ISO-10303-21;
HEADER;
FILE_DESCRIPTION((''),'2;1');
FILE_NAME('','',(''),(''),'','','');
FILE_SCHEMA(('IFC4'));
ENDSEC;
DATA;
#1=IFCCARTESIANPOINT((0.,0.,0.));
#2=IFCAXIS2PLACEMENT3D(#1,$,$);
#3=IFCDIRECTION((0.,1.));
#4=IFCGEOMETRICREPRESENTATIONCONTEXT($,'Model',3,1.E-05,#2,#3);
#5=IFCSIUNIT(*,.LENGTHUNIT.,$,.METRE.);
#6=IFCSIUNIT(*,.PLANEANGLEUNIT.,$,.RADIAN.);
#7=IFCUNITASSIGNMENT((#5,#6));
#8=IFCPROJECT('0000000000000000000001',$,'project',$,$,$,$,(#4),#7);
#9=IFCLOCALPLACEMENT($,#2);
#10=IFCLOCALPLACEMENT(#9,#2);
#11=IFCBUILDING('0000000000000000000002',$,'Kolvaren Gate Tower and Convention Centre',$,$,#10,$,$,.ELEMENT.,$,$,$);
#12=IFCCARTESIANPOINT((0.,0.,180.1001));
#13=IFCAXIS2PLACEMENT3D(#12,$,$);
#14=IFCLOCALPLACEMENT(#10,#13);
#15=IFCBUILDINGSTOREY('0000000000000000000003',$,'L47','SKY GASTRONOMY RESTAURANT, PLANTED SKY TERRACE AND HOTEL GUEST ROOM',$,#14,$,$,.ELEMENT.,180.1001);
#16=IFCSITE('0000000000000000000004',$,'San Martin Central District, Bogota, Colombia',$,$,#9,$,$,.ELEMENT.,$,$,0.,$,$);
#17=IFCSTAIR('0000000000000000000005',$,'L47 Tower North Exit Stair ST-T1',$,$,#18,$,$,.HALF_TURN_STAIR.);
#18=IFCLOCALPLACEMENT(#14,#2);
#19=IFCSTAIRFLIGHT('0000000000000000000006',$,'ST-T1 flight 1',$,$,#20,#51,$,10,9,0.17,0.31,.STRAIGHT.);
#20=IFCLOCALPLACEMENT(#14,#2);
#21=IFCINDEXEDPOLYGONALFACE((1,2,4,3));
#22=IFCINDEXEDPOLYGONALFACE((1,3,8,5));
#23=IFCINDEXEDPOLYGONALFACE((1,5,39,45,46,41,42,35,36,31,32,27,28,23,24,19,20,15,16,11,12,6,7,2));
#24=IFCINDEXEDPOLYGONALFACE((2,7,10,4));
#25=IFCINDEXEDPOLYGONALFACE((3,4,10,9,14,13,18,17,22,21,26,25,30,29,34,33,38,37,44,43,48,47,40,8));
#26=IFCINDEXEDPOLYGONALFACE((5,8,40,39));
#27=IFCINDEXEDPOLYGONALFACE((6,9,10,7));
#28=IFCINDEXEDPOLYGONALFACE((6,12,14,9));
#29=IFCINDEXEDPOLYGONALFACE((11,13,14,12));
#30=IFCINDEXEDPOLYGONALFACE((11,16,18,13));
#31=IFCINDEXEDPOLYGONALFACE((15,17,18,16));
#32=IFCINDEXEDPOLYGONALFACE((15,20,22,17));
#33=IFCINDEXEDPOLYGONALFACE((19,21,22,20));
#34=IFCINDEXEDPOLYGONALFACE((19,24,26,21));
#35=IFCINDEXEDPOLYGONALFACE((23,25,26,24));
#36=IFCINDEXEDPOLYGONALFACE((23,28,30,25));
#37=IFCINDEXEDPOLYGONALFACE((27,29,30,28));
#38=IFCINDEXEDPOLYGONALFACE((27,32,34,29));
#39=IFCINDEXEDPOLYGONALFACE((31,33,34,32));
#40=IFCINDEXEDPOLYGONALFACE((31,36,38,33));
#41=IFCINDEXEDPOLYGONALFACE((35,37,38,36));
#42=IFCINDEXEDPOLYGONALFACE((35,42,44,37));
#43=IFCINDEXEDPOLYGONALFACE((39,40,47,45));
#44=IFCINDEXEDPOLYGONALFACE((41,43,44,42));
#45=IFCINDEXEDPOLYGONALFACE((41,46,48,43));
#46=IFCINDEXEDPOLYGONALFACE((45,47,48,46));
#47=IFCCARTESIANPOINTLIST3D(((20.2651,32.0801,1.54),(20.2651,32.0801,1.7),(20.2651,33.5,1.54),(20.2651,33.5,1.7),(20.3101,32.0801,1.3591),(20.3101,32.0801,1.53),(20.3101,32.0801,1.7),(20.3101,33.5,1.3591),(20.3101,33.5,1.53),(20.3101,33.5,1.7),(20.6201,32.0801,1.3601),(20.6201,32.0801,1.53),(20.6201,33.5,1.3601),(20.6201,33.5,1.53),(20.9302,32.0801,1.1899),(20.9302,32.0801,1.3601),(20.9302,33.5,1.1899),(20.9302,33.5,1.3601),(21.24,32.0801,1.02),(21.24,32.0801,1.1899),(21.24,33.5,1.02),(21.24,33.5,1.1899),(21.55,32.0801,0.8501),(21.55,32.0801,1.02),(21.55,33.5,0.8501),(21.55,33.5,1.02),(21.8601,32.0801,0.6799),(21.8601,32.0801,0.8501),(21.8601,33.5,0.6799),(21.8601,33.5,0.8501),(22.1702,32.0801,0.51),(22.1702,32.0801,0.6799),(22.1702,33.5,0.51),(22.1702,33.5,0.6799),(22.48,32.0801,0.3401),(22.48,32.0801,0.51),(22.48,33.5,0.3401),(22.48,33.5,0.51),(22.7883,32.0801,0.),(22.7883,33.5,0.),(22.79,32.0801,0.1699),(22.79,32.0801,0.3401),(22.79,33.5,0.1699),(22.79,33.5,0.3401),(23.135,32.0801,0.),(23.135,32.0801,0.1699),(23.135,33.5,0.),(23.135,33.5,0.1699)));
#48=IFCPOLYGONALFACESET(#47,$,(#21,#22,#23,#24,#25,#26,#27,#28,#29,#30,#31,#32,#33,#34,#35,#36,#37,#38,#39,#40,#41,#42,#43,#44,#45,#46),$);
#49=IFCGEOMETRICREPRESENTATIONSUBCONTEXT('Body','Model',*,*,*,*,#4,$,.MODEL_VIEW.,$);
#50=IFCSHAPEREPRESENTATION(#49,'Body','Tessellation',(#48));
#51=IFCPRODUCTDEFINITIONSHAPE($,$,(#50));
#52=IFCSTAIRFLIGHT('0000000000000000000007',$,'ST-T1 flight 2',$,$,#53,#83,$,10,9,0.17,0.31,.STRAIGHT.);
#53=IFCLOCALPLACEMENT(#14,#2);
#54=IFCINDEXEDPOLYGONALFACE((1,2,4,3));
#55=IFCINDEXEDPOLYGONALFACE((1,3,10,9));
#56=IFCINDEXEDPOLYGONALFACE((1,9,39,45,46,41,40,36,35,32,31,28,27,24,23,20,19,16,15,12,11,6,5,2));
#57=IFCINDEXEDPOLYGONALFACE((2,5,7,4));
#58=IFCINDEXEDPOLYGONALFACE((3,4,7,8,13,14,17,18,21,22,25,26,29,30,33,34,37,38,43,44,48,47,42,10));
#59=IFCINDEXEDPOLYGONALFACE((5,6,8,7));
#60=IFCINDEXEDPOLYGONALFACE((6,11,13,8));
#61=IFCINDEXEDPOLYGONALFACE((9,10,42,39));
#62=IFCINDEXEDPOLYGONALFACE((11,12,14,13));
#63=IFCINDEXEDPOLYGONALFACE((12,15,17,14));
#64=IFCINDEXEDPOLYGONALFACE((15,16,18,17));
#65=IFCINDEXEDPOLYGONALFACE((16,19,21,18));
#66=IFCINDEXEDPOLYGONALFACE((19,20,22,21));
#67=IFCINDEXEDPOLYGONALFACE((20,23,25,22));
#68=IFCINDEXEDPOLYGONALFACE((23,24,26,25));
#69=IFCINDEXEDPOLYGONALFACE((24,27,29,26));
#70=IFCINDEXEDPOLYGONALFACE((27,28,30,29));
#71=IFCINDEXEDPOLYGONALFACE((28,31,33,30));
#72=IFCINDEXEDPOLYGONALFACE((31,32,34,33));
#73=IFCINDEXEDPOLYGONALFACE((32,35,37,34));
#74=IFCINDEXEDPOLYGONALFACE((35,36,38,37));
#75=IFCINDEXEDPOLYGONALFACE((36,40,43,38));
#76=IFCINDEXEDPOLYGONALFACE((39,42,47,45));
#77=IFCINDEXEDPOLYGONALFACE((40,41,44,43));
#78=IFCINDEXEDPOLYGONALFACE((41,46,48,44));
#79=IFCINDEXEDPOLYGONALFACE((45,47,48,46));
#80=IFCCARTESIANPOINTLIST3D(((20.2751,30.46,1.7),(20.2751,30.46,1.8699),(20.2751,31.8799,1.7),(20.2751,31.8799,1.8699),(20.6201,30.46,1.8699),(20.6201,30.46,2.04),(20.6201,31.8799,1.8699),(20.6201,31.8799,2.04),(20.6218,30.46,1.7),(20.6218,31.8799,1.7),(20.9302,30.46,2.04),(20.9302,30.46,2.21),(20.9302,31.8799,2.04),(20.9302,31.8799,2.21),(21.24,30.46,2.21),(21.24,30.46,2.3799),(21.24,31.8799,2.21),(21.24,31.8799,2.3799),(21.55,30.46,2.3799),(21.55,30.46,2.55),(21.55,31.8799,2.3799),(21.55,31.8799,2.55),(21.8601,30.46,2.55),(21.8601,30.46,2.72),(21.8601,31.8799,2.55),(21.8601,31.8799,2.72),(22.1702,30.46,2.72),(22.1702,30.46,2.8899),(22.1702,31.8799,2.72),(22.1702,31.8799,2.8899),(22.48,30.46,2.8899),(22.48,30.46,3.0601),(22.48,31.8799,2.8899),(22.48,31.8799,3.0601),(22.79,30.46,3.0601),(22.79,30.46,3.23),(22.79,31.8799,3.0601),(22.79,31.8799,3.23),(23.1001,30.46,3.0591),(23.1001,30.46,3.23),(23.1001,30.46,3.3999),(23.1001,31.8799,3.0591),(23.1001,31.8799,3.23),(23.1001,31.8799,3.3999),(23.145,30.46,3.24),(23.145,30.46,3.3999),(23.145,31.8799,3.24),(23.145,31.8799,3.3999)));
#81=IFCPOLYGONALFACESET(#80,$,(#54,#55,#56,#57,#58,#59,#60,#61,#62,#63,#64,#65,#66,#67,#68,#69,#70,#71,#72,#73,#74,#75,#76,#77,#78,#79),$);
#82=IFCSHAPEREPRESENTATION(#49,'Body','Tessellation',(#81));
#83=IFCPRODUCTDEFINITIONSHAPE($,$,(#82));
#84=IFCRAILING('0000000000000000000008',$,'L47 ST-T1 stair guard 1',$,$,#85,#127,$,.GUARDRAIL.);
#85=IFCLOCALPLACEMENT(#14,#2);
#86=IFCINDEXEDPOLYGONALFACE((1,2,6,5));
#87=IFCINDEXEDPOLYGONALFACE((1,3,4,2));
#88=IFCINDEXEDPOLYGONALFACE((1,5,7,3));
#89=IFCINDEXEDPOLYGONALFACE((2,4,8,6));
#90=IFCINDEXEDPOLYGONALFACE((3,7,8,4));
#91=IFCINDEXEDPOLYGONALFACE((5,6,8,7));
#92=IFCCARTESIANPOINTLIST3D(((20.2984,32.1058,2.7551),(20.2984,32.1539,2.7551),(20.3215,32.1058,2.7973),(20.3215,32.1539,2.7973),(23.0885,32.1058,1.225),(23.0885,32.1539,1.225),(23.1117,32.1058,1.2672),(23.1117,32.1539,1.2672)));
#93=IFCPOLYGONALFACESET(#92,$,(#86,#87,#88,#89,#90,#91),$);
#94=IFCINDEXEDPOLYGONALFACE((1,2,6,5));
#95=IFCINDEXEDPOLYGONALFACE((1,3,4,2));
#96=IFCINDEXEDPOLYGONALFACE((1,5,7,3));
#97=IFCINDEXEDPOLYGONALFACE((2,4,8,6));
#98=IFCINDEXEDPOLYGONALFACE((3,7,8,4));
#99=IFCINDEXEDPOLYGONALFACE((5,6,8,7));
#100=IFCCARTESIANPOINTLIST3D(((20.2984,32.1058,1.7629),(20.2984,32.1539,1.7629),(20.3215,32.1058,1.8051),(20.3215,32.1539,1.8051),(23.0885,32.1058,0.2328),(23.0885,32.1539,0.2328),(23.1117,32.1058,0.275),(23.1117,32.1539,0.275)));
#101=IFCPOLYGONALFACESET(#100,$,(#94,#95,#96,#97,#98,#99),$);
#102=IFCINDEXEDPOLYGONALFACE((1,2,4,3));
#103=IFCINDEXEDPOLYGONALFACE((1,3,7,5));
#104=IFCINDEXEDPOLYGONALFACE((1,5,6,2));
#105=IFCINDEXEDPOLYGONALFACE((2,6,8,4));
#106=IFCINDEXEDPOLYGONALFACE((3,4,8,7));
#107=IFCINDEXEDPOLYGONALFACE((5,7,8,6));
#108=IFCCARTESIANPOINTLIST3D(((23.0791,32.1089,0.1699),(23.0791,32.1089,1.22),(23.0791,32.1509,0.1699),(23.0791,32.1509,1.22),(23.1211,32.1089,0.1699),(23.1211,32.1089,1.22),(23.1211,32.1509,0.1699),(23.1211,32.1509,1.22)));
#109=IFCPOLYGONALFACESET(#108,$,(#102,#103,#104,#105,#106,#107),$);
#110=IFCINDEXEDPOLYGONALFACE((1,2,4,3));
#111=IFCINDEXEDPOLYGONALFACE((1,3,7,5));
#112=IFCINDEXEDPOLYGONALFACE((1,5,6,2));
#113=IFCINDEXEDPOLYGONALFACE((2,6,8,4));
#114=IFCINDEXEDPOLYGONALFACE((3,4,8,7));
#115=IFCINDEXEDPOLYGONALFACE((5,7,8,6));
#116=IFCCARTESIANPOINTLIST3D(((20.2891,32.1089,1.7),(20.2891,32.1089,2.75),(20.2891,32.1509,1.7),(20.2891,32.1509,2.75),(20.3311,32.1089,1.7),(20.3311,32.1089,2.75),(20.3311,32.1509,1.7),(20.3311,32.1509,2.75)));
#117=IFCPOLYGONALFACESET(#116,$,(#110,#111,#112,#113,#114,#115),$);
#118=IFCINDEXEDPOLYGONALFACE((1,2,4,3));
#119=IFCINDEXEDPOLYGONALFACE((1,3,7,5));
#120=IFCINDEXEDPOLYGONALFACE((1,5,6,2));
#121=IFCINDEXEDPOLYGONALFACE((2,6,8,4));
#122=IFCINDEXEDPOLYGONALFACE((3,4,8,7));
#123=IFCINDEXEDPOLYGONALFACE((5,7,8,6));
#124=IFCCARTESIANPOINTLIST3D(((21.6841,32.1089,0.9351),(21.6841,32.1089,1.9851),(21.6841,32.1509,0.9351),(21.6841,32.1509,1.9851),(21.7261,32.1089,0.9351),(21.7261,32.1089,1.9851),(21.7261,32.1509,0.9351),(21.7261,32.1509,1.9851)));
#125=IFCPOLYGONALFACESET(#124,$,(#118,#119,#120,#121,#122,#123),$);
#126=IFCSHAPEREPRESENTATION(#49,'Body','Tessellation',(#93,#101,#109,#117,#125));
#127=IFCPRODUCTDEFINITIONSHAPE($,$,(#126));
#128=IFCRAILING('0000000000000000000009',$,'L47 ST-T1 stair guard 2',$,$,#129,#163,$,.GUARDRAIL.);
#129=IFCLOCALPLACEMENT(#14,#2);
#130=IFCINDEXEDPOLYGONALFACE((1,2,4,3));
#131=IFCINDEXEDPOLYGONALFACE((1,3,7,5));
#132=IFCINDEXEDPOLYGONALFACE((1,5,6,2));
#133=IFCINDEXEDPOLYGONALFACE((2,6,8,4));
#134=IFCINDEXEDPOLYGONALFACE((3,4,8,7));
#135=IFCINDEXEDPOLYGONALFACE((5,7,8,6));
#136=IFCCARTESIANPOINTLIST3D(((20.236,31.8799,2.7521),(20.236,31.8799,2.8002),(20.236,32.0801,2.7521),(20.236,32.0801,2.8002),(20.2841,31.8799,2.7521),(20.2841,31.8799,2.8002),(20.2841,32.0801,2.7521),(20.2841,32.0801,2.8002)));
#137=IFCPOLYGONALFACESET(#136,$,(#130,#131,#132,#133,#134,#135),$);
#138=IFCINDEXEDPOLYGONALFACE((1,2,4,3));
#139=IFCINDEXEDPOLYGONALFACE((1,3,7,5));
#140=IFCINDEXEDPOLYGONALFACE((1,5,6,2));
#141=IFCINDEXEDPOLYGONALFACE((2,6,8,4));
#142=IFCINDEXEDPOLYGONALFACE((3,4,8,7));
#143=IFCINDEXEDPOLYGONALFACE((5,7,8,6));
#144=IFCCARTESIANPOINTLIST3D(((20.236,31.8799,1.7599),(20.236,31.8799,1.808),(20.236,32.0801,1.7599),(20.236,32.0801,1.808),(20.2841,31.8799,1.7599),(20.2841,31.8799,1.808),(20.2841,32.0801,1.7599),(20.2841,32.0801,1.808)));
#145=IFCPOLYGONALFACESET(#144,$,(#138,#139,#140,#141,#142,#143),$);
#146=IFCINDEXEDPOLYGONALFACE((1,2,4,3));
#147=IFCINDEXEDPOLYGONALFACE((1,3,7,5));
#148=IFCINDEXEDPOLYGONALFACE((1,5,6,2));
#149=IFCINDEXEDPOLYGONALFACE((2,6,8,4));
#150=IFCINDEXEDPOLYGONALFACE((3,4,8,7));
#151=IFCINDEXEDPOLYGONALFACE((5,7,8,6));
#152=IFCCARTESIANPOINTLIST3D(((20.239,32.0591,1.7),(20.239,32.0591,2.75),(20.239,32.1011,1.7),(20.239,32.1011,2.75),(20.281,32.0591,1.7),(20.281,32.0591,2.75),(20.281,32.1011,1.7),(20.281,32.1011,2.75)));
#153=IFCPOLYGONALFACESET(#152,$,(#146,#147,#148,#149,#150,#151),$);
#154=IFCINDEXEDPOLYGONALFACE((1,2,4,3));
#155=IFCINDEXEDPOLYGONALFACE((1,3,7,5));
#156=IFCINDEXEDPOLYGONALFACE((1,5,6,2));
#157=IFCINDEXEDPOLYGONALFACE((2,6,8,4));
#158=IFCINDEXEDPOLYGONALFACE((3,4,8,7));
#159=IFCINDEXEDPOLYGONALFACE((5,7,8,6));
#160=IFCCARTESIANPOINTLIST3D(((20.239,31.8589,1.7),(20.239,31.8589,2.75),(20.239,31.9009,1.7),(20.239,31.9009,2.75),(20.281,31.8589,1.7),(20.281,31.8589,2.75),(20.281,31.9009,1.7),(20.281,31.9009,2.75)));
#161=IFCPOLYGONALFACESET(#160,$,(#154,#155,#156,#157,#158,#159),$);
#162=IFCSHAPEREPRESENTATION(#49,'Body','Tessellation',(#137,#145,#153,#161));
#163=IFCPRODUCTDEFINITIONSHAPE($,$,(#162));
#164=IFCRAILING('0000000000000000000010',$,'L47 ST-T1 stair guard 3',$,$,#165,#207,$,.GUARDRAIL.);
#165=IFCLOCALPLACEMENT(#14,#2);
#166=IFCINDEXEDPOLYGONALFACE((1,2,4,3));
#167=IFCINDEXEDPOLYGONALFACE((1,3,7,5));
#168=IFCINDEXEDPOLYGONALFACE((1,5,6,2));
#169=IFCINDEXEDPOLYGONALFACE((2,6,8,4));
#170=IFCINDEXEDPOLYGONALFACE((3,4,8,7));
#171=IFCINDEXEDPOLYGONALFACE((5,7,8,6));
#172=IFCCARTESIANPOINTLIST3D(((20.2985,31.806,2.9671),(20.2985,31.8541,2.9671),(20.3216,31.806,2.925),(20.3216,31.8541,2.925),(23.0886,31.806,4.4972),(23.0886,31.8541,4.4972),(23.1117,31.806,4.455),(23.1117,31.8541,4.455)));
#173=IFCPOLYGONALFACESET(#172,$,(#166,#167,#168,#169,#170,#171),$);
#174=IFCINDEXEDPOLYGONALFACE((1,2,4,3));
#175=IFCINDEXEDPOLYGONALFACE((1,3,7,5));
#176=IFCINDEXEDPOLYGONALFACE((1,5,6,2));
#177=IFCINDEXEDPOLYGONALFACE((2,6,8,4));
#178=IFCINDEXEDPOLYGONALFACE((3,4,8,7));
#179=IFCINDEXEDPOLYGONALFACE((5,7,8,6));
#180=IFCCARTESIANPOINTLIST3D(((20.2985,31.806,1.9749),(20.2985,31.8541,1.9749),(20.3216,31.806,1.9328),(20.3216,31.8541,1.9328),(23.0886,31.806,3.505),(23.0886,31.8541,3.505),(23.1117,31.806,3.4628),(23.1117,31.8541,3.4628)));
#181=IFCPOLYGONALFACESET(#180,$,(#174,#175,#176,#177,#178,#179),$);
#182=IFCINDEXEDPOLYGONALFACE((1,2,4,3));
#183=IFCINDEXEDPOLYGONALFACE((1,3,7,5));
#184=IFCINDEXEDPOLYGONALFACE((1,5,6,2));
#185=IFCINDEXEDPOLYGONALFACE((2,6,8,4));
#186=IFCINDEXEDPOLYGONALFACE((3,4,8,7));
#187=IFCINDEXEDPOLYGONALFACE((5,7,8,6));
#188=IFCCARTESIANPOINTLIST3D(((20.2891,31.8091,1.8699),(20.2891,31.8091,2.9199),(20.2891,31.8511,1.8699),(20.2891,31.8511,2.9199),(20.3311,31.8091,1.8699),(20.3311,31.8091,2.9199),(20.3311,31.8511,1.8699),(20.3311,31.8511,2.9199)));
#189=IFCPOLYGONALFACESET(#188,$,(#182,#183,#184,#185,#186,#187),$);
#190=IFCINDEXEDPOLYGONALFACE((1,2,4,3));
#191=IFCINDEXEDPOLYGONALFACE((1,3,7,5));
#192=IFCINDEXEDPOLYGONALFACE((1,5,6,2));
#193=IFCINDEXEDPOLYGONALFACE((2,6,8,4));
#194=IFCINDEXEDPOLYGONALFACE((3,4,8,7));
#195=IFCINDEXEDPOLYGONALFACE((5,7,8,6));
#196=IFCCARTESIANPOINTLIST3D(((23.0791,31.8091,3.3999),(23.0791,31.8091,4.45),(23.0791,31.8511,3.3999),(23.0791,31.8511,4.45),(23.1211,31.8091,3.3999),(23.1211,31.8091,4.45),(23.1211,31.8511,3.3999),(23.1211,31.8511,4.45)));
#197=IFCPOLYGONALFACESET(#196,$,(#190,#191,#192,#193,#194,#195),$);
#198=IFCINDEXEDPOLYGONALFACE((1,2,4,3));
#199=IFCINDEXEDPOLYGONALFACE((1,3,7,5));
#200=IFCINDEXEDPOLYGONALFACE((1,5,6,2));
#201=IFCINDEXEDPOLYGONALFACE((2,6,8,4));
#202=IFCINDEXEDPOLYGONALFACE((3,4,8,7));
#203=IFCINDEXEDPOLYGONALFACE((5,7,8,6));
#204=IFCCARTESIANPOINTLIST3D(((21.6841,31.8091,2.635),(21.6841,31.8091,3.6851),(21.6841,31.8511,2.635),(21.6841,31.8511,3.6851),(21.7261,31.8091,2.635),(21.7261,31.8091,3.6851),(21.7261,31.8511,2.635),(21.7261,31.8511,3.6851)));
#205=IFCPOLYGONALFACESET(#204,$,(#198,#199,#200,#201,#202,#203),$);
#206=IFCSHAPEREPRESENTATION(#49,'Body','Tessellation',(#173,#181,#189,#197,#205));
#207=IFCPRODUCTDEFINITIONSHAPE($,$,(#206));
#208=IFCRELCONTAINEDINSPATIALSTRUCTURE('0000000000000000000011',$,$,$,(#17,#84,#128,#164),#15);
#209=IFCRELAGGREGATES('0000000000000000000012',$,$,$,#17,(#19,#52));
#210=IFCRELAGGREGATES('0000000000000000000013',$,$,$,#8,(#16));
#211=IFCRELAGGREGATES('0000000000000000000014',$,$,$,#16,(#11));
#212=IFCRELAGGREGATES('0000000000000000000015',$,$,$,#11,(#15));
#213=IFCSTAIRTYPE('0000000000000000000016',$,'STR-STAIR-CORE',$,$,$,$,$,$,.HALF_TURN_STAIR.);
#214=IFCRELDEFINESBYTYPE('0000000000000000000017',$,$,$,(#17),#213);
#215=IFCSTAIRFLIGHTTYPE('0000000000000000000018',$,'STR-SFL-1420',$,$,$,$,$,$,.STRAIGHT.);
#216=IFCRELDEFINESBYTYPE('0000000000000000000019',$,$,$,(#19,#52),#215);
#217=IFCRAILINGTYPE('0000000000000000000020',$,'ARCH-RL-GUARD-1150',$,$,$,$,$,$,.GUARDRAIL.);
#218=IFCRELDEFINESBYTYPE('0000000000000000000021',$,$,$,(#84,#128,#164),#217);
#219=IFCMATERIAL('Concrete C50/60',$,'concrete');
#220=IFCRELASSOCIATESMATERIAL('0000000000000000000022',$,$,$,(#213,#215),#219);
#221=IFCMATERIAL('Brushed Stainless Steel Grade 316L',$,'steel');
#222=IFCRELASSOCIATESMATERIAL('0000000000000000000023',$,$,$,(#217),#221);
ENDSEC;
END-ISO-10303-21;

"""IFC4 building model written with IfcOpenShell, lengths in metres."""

from ifc_helpers import new_model, si_unit, direction, frame, origin, origin_2d, place, context, subcontext, project, spatial, polyline, rectangle, outline, extrude, material, type_object, element, aggregate, save


model = new_model("IFC4")

# Units and contexts
model_context = context("Model", 3, precision=1e-05, world=origin(), true_north=direction((0.0, 1.0)))
body_context = subcontext(model_context, "Body", "Model", "MODEL_VIEW")
ifc_project = project(units=[si_unit("LENGTHUNIT", "METRE"), si_unit("PLANEANGLEUNIT", "RADIAN")], contexts=[model_context])

# Site, building, storey
site_placement = place(None, origin())
site = spatial("IfcSite", under=ifc_project, at=site_placement, Name="San Martin Central District, Bogota, Colombia", CompositionType="ELEMENT", RefElevation=0.0)
building_placement = place(site_placement, origin())
building = spatial("IfcBuilding", under=site, at=building_placement, Name="Kolvaren Gate Tower and Convention Centre", CompositionType="ELEMENT")
storey_placement = place(building_placement, frame((0.0, 0.0, 180.1001)))
storey = spatial("IfcBuildingStorey", under=building, at=storey_placement, Name="L47", Description="SKY GASTRONOMY RESTAURANT, PLANTED SKY TERRACE AND HOTEL GUEST ROOM", CompositionType="ELEMENT", Elevation=180.1001)

# Shared definitions
ifc_material_1 = material(Name="Brushed Stainless Steel Grade 316L", Category="steel")

# Shared definitions
ifc_material_2 = material(Name="Concrete C50/60", Category="concrete")

# Stair, stair flights
stair_type = type_object("IfcStairType", Name="STR-STAIR-CORE", PredefinedType="HALF_TURN_STAIR", material=ifc_material_2)
stair_placement = place(storey_placement, origin())
stair = element("IfcStair", 1, at=stair_placement, inside=storey, type_object=stair_type, Name="L47 Tower North Exit Stair ST-T1", PredefinedType="HALF_TURN_STAIR")
stair_flight_type = type_object("IfcStairFlightType", Name="STR-SFL-1420", PredefinedType="STRAIGHT", material=ifc_material_2)
stair_flight_1_placement = place(storey_placement, frame((23.1001, 32.79, 0.0), z_axis=(0.0, 0.0, 1.0), x_axis=(-1.0, 0.0, 0.0)))
stair_flight_1 = element("IfcStairFlight", 2, at=stair_flight_1_placement, type_object=stair_flight_type, Name="ST-T1 flight 1", NumberOfRisers=10, NumberOfTreads=9, PredefinedType="STRAIGHT", RiserHeight=0.17, TreadLength=0.31, context=body_context, shape_type="SweptSolid", body=[
    extrude(outline(polyline([(-0.0349, 0.0), (-0.0349, 0.1699), (0.3101, 0.1699), (0.3101, 0.3401), (0.6201, 0.3401), (0.6201, 0.51), (0.9299, 0.51), (0.9299, 0.6799), (1.24, 0.6799), (1.24, 0.8501), (1.55, 0.8501), (1.55, 1.02), (1.8601, 1.02), (1.8601, 1.1899), (2.1699, 1.1899), (2.1699, 1.3601), (2.48, 1.3601), (2.48, 1.53), (2.79, 1.53), (2.79, 1.7), (2.835, 1.7), (2.835, 1.54), (2.79, 1.3591), (0.3118, 0.0), (-0.0349, 0.0)])), frame((0.0, 0.71, 0.0), z_axis=(0.0, -1.0, 0.0), x_axis=(1.0, 0.0, 0.0)), (0.0, 0.0, 1.0), 1.4199),
])
stair_flight_2_placement = place(storey_placement, frame((20.3101, 31.1699, 1.7), z_axis=(0.0, 0.0, 1.0), x_axis=(1.0, 0.0, 0.0)))
stair_flight_2 = element("IfcStairFlight", 3, at=stair_flight_2_placement, type_object=stair_flight_type, Name="ST-T1 flight 2", NumberOfRisers=10, NumberOfTreads=9, PredefinedType="STRAIGHT", RiserHeight=0.17, TreadLength=0.31, context=body_context, shape_type="SweptSolid", body=[
    extrude(outline(polyline([(-0.0349, 0.0), (-0.0349, 0.1699), (0.3101, 0.1699), (0.3101, 0.3401), (0.6201, 0.3401), (0.6201, 0.51), (0.9299, 0.51), (0.9299, 0.6799), (1.24, 0.6799), (1.24, 0.8501), (1.55, 0.8501), (1.55, 1.02), (1.8601, 1.02), (1.8601, 1.1899), (2.1699, 1.1899), (2.1699, 1.3601), (2.48, 1.3601), (2.48, 1.53), (2.79, 1.53), (2.79, 1.7), (2.835, 1.7), (2.835, 1.54), (2.79, 1.3591), (0.3118, 0.0), (-0.0349, 0.0)])), frame((0.0, 0.71, 0.0), z_axis=(0.0, -1.0, 0.0), x_axis=(1.0, 0.0, 0.0)), (0.0, 0.0, 1.0), 1.4199),
])
aggregate(stair, [stair_flight_1, stair_flight_2])

# Railings
railing_type_1 = type_object("IfcRailingType", Name="ARCH-RL-GUARD-1150", PredefinedType="GUARDRAIL", material=ifc_material_1)
railing_1_placement = place(storey_placement, frame((23.1001, 32.1299, 0.1699)))
element("IfcRailing", 4, at=railing_1_placement, inside=storey, type_object=railing_type_1, Name="L47 ST-T1 stair guard 1", PredefinedType="GUARDRAIL", context=body_context, shape_type="SweptSolid", body=[
    extrude(rectangle(XDim=0.0481, YDim=0.0481, at=origin_2d()), frame((0.0, 0.0, 1.0762), z_axis=(-0.876811, 0.0, 0.480835), x_axis=(0.0, -1.0, 0.0)), (0.0, 0.0, 1.0), 3.1821),
    extrude(rectangle(XDim=0.0481, YDim=0.0481, at=origin_2d()), frame((0.0, 0.0, 0.084), z_axis=(-0.876811, 0.0, 0.480835), x_axis=(0.0, -1.0, 0.0)), (0.0, 0.0, 1.0), 3.1821),
    extrude(rectangle(XDim=0.042, YDim=0.042, at=origin_2d()), origin(), (0.0, 0.0, 1.0), 1.05),
    extrude(rectangle(XDim=0.042, YDim=0.042, at=origin_2d()), frame((-2.79, 0.0, 1.53)), (0.0, 0.0, 1.0), 1.05),
    extrude(rectangle(XDim=0.042, YDim=0.042, at=origin_2d()), frame((-1.395, 0.0, 0.7651)), (0.0, 0.0, 1.0), 1.05),
])
railing_2_placement = place(storey_placement, frame((20.26, 32.0801, 1.7)))
element("IfcRailing", 5, at=railing_2_placement, inside=storey, type_object=railing_type_1, Name="L47 ST-T1 stair guard 2", PredefinedType="GUARDRAIL", context=body_context, shape_type="SweptSolid", body=[
    extrude(rectangle(XDim=0.0481, YDim=0.0481, at=origin_2d()), frame((0.0, 0.0, 1.0762), z_axis=(0.0, -1.0, 0.0), x_axis=(1.0, 0.0, 0.0)), (0.0, 0.0, 1.0), 0.2002),
    extrude(rectangle(XDim=0.0481, YDim=0.0481, at=origin_2d()), frame((0.0, 0.0, 0.084), z_axis=(0.0, -1.0, 0.0), x_axis=(1.0, 0.0, 0.0)), (0.0, 0.0, 1.0), 0.2002),
    extrude(rectangle(XDim=0.042, YDim=0.042, at=origin_2d()), origin(), (0.0, 0.0, 1.0), 1.05),
    extrude(rectangle(XDim=0.042, YDim=0.042, at=origin_2d()), frame((0.0, -0.2002, 0.0)), (0.0, 0.0, 1.0), 1.05),
])
railing_3_placement = place(storey_placement, frame((20.3101, 31.8301, 1.8699)))
element("IfcRailing", 6, at=railing_3_placement, inside=storey, type_object=railing_type_1, Name="L47 ST-T1 stair guard 3", PredefinedType="GUARDRAIL", context=body_context, shape_type="SweptSolid", body=[
    extrude(rectangle(XDim=0.0481, YDim=0.0481, at=origin_2d()), frame((0.0, 0.0, 1.0762), z_axis=(0.876811, 0.0, 0.480835), x_axis=(0.0, 1.0, 0.0)), (0.0, 0.0, 1.0), 3.1821),
    extrude(rectangle(XDim=0.0481, YDim=0.0481, at=origin_2d()), frame((0.0, 0.0, 0.084), z_axis=(0.876811, 0.0, 0.480835), x_axis=(0.0, 1.0, 0.0)), (0.0, 0.0, 1.0), 3.1821),
    extrude(rectangle(XDim=0.042, YDim=0.042, at=origin_2d()), origin(), (0.0, 0.0, 1.0), 1.05),
    extrude(rectangle(XDim=0.042, YDim=0.042, at=origin_2d()), frame((2.79, 0.0, 1.53)), (0.0, 0.0, 1.0), 1.05),
    extrude(rectangle(XDim=0.042, YDim=0.042, at=origin_2d()), frame((1.395, 0.0, 0.7651)), (0.0, 0.0, 1.0), 1.05),
])

save(model, "model.ifc")
